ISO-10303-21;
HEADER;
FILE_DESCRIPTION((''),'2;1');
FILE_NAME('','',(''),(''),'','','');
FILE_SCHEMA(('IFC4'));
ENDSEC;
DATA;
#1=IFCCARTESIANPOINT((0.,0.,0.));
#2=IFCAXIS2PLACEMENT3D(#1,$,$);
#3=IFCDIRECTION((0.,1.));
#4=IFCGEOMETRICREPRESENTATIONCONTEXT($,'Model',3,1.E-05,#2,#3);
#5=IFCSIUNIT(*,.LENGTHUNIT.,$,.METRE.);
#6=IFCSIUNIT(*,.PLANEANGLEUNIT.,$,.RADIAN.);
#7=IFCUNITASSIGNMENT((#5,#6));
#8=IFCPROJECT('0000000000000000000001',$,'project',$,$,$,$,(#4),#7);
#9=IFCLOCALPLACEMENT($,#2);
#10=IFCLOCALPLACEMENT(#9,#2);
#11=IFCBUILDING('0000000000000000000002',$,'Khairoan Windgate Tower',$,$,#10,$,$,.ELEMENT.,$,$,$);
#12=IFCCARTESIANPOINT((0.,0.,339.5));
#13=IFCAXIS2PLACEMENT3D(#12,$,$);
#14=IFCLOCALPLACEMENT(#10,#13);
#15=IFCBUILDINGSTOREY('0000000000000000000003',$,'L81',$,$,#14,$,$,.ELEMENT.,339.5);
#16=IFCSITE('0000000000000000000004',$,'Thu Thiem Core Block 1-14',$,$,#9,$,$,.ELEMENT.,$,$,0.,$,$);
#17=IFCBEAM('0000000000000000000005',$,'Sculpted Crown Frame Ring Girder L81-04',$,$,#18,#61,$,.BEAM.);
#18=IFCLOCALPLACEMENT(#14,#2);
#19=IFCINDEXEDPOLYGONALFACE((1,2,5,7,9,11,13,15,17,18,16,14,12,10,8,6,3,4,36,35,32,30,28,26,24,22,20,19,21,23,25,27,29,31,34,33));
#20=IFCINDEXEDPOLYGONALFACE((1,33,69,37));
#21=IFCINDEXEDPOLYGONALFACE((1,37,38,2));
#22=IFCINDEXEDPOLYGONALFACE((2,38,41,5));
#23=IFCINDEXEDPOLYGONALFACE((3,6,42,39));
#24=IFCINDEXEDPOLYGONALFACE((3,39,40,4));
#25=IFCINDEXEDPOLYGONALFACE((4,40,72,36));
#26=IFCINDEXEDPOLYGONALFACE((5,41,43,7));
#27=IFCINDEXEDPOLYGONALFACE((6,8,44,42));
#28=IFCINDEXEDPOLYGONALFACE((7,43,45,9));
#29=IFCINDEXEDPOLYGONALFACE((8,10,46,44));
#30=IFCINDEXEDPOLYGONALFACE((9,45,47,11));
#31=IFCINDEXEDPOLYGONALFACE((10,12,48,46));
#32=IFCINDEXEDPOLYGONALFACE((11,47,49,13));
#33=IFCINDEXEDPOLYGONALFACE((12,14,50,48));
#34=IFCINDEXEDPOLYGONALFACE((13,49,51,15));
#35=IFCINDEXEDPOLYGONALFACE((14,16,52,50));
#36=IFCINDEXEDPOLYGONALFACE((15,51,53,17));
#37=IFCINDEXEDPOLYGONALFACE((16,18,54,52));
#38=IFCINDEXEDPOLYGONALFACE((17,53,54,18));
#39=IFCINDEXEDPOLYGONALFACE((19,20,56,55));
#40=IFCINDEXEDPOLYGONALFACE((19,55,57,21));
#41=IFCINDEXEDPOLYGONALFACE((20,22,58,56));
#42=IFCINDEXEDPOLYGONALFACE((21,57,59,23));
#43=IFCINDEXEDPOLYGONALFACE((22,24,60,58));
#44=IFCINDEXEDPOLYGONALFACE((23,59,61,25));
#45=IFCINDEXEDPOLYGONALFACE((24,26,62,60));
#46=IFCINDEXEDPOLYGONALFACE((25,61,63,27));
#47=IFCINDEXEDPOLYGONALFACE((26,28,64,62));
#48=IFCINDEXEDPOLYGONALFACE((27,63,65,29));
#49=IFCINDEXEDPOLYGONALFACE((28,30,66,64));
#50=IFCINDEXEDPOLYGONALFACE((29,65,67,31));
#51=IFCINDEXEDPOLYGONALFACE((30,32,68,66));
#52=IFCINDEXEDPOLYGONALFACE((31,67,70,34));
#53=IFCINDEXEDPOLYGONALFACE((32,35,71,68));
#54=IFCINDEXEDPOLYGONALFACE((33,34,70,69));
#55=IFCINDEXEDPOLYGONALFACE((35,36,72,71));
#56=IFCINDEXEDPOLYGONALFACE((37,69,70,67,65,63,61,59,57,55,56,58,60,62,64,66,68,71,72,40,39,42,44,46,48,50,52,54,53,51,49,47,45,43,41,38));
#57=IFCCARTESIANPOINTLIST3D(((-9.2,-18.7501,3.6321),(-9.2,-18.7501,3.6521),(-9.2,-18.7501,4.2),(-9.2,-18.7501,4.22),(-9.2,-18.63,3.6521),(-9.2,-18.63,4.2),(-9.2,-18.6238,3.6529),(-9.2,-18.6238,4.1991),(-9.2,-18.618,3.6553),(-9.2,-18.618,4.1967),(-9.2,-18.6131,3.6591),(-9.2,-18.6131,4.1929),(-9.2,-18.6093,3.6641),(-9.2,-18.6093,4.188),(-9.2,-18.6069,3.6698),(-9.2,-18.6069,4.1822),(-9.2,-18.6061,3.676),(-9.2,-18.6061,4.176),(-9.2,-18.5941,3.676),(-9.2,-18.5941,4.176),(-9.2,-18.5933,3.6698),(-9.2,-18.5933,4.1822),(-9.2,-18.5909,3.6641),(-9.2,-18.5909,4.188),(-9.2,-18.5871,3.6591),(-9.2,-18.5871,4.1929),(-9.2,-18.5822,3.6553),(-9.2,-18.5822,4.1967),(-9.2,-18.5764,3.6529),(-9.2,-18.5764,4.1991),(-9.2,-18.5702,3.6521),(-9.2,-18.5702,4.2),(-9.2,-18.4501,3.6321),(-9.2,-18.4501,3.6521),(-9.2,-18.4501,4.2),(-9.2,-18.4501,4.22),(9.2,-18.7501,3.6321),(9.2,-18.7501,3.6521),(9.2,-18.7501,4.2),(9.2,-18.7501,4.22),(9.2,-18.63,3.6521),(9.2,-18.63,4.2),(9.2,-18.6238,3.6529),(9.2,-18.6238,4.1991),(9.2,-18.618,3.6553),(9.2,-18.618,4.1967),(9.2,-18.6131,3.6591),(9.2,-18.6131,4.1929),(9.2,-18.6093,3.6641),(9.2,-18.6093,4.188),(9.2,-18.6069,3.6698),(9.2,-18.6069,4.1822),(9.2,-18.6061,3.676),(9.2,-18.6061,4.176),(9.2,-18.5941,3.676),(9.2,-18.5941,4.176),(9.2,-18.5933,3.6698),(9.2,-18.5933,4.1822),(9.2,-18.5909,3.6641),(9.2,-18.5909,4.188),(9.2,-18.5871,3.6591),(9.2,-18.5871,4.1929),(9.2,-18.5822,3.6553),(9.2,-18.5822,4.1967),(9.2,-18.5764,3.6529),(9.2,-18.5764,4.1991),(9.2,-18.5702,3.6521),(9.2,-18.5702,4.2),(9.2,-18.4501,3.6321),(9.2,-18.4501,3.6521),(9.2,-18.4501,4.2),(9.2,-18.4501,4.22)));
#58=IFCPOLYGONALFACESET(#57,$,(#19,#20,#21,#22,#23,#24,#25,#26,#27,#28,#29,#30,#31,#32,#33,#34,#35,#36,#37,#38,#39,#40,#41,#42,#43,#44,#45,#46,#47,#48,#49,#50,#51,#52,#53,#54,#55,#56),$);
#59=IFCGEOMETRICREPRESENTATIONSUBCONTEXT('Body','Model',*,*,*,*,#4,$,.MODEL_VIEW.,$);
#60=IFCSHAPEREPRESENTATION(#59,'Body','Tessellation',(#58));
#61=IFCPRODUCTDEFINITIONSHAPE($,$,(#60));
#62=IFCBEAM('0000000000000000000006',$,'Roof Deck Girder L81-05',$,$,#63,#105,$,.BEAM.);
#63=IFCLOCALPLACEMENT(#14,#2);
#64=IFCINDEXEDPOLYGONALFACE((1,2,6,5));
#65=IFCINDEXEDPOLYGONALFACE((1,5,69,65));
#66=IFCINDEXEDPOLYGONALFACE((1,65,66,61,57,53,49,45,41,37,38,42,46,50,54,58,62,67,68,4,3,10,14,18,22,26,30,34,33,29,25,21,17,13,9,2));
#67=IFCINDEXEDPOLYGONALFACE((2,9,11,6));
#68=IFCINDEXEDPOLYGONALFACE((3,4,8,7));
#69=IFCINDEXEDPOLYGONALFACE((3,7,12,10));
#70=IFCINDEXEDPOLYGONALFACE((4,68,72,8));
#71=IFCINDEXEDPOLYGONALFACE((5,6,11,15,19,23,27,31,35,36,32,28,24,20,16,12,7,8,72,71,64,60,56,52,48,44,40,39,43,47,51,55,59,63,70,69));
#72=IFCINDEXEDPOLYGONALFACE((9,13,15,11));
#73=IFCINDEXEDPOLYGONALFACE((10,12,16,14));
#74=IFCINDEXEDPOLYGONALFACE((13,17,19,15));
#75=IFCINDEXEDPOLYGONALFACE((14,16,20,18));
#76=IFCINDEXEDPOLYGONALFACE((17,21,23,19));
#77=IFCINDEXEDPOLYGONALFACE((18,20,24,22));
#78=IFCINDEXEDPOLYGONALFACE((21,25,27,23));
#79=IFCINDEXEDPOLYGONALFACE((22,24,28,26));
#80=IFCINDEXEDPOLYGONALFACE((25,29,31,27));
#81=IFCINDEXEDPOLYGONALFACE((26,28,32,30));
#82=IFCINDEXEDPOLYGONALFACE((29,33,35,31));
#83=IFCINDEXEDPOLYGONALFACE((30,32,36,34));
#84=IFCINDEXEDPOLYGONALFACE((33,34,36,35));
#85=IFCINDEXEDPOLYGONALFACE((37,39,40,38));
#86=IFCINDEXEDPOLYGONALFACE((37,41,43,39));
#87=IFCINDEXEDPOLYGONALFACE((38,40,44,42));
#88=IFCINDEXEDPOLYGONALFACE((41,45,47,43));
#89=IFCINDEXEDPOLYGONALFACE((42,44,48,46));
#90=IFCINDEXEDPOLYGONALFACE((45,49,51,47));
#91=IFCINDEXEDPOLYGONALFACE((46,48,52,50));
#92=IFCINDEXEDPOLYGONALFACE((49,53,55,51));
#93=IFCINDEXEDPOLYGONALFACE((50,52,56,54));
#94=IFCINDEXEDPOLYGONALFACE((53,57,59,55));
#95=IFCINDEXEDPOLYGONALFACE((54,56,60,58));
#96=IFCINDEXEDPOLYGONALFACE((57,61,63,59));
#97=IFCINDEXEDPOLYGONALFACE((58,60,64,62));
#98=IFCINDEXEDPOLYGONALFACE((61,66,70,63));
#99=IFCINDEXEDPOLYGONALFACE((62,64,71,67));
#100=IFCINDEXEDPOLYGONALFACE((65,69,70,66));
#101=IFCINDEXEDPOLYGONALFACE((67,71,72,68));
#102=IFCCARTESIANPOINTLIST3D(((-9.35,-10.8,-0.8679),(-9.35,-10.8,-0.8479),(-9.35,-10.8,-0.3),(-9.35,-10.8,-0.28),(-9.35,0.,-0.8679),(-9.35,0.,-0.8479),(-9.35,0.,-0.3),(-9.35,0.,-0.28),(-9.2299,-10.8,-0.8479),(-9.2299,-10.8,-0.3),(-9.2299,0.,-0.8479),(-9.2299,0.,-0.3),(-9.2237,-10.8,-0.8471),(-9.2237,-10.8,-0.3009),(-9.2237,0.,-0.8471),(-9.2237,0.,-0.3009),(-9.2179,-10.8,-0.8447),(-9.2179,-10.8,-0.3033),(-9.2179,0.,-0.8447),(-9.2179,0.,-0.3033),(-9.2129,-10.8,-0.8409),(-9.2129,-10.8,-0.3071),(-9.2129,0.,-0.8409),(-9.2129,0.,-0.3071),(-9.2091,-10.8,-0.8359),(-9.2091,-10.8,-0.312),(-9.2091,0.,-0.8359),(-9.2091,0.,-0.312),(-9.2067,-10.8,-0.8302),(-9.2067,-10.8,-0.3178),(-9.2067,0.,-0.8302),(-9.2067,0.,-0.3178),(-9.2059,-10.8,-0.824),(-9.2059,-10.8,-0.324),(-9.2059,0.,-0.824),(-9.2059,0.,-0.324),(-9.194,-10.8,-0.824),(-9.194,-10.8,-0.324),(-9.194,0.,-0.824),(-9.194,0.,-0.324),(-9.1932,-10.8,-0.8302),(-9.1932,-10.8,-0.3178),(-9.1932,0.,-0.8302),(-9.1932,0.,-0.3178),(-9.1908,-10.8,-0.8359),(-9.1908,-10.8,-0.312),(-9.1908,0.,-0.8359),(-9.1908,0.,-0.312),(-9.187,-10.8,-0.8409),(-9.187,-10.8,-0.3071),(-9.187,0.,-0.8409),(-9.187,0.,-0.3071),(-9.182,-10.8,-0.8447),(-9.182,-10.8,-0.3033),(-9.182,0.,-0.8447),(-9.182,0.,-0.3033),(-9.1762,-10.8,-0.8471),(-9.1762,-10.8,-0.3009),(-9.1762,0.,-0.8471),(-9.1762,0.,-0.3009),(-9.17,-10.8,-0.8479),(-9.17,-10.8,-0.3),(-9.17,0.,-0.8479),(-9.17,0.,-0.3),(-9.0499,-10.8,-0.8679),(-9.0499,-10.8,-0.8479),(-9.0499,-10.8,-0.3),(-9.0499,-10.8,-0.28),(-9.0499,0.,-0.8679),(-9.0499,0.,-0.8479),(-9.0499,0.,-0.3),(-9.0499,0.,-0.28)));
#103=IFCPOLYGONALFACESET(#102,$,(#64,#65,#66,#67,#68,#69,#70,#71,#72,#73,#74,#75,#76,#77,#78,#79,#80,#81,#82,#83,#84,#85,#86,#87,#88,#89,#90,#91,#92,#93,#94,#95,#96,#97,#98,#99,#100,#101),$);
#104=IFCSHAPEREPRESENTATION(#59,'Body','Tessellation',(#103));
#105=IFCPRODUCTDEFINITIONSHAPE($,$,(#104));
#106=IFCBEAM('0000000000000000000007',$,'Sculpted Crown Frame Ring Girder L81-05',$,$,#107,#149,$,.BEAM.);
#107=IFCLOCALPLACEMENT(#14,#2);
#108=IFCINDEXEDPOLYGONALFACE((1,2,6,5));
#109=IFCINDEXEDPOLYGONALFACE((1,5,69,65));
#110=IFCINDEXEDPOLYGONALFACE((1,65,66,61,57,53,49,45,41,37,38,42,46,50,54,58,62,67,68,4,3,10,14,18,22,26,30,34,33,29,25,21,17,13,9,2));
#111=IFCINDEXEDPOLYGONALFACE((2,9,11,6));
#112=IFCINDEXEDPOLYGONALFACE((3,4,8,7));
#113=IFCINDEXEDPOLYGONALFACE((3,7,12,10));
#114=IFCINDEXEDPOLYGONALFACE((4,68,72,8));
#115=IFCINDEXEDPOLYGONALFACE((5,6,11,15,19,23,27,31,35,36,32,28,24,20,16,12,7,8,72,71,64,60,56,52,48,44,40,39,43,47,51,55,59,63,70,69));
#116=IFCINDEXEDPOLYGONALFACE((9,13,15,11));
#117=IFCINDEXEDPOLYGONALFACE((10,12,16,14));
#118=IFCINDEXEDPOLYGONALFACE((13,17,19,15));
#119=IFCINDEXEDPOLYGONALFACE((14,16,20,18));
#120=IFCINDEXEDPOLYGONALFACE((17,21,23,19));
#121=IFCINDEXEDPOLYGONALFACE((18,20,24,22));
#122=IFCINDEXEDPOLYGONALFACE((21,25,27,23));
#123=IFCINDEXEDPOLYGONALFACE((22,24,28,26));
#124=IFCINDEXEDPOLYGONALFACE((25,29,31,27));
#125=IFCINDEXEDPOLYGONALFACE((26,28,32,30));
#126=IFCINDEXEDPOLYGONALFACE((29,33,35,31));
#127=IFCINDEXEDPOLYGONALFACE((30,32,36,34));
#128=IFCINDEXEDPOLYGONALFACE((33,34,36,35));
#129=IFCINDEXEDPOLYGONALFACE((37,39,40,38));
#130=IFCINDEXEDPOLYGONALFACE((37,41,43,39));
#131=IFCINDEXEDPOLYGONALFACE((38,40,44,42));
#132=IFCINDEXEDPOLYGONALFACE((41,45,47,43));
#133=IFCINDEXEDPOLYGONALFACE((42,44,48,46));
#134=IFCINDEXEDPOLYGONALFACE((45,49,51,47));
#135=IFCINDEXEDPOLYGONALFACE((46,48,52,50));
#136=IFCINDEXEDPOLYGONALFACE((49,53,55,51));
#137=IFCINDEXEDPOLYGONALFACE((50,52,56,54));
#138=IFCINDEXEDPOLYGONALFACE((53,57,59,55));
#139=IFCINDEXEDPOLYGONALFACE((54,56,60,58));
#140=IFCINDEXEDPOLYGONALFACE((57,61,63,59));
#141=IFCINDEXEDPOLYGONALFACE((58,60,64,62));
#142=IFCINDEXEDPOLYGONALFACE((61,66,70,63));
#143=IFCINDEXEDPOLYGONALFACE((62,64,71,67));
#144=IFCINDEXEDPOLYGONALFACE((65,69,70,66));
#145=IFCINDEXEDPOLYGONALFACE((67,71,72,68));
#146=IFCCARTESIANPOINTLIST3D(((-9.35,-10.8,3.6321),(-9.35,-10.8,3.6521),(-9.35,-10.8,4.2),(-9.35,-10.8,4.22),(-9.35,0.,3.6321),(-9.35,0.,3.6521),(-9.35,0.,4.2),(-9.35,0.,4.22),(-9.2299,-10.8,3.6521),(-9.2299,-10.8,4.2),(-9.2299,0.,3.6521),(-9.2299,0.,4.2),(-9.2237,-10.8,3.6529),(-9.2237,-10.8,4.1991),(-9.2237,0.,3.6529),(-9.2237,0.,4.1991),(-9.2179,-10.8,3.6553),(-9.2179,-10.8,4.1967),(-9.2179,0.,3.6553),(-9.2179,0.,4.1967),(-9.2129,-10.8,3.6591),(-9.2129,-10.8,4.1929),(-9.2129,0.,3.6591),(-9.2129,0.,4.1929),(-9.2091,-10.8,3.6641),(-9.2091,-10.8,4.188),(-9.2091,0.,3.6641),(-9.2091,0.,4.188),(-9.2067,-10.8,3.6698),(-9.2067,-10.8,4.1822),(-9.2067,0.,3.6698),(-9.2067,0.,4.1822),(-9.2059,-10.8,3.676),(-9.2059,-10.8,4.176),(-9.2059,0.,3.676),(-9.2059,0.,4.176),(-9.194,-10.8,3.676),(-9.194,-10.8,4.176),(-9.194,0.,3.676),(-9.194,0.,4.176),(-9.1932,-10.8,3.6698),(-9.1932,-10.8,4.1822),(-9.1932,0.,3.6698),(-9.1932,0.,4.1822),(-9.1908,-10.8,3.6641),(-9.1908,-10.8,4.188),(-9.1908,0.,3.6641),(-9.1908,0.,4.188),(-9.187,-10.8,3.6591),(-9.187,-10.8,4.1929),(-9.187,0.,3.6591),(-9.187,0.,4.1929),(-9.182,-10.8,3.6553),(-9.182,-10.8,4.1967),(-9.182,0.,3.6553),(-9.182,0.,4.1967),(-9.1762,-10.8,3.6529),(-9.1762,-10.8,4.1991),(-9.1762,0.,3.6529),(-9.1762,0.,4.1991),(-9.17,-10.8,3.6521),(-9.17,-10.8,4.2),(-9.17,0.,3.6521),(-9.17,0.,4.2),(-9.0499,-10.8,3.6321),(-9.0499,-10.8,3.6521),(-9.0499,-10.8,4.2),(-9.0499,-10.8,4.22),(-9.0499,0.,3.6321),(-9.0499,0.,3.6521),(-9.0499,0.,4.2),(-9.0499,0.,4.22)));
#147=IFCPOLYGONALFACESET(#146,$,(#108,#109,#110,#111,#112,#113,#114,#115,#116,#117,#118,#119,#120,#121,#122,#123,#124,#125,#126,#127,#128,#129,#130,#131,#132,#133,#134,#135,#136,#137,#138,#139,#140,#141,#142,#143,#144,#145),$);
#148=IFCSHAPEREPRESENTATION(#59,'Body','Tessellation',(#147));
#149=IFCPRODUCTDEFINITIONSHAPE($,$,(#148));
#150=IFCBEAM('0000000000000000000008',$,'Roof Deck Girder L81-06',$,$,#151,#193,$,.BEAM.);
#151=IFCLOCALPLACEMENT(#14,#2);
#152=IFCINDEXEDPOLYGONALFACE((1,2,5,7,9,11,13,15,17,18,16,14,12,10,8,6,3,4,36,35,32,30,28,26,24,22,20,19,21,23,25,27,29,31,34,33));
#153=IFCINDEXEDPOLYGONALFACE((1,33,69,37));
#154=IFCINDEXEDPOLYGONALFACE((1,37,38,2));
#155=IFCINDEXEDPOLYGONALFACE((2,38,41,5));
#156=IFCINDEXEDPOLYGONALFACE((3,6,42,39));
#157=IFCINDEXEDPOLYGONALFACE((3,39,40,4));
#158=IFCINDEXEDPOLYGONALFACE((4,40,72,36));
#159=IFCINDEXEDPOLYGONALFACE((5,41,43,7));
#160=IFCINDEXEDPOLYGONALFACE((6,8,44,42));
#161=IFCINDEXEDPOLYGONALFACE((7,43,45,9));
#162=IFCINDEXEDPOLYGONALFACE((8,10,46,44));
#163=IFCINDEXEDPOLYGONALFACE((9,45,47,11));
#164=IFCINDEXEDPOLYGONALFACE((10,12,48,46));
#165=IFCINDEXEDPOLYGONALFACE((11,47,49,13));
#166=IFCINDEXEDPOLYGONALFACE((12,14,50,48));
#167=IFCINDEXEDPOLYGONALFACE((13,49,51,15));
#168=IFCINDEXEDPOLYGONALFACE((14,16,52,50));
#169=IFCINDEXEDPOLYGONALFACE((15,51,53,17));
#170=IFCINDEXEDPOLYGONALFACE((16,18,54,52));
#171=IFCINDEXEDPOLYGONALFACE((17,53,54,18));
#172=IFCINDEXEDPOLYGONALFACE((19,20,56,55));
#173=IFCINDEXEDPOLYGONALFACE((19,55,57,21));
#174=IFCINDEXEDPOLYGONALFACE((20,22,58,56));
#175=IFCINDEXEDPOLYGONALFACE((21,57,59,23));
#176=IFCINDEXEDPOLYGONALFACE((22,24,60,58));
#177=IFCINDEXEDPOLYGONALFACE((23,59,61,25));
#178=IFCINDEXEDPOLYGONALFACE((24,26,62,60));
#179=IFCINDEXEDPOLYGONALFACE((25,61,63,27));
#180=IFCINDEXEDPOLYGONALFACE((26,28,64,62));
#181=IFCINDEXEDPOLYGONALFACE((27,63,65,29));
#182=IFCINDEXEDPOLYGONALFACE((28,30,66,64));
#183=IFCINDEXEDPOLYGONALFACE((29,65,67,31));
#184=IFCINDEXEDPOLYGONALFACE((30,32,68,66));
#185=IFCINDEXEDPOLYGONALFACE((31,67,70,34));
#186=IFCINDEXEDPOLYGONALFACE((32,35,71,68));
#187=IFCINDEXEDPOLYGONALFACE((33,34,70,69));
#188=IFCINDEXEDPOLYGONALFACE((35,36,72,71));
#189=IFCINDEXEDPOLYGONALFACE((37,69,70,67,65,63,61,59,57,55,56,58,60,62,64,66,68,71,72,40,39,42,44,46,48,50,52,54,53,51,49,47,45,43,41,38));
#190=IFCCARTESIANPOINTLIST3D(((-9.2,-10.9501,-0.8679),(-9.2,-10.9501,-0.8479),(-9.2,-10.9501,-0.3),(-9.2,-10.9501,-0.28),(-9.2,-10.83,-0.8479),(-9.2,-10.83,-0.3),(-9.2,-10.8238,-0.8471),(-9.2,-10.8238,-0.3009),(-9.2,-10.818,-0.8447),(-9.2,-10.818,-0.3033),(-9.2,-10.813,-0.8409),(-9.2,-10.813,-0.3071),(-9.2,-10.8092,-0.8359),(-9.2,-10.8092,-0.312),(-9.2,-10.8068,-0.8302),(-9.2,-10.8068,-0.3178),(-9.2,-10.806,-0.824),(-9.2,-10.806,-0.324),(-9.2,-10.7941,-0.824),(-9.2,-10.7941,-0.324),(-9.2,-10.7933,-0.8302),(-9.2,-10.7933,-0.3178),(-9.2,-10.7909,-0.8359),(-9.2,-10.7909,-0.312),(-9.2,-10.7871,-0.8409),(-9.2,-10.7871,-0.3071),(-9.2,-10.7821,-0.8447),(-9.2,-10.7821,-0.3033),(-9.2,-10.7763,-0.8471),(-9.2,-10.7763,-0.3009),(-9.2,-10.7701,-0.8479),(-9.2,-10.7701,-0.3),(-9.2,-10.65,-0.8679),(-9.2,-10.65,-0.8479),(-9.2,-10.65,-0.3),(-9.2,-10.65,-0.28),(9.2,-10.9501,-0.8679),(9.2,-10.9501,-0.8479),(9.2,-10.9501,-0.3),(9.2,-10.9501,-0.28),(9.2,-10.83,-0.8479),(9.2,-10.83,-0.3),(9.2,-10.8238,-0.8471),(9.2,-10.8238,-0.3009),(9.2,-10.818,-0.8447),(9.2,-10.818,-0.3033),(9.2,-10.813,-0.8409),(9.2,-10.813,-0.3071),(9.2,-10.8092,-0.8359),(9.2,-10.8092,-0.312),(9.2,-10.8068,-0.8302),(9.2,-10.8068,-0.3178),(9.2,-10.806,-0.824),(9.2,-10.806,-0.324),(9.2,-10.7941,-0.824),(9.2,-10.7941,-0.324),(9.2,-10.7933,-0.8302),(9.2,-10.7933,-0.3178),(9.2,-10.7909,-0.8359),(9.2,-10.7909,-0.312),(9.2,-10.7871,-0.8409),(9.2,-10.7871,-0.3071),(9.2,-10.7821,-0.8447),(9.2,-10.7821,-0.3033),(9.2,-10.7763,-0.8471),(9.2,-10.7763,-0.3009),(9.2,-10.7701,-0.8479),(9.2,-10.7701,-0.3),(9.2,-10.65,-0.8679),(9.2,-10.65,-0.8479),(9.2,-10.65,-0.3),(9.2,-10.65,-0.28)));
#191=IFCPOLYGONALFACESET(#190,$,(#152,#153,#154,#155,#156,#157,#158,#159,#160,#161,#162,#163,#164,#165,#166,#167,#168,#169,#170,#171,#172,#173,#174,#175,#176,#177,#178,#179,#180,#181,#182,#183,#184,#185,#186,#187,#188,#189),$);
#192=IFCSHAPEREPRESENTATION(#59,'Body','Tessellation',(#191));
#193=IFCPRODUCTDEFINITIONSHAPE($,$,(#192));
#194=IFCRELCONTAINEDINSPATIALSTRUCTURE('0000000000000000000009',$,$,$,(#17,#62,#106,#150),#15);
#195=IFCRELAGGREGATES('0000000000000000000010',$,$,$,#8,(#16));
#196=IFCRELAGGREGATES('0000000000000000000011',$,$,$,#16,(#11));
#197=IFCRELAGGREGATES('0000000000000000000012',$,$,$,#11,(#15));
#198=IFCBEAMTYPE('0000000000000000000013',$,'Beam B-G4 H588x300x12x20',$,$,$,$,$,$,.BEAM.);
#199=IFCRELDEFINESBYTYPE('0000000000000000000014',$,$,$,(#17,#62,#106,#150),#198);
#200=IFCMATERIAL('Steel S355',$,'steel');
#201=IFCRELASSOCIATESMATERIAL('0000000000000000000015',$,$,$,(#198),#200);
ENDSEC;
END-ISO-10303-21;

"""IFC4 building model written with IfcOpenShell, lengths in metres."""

from ifc_helpers import new_model, si_unit, direction, frame, origin, origin_2d, place, context, subcontext, project, spatial, i_section, extrude, material, material_profile, profile_set, type_object, element, save


model = new_model("IFC4")

# Units and contexts
model_context = context("Model", 3, precision=1e-05, world=origin(), true_north=direction((0.0, 1.0)))
body_context = subcontext(model_context, "Body", "Model", "MODEL_VIEW")
ifc_project = project(units=[si_unit("LENGTHUNIT", "METRE"), si_unit("PLANEANGLEUNIT", "RADIAN")], contexts=[model_context])

# Site, building, storey
site_placement = place(None, origin())
site = spatial("IfcSite", under=ifc_project, at=site_placement, Name="Thu Thiem Core Block 1-14", CompositionType="ELEMENT", RefElevation=0.0)
building_placement = place(site_placement, origin())
building = spatial("IfcBuilding", under=site, at=building_placement, Name="Khairoan Windgate Tower", CompositionType="ELEMENT")
storey_placement = place(building_placement, frame((0.0, 0.0, 339.5)))
storey = spatial("IfcBuildingStorey", under=building, at=storey_placement, Name="L81", CompositionType="ELEMENT", Elevation=339.5)

# Beams
ifc_material_1 = material(Name="Steel S355", Category="steel")
ifc_material_profile_1 = material_profile(ifc_material_1, i_section(OverallWidth=0.3, OverallDepth=0.5879, WebThickness=0.012, FlangeThickness=0.02, FilletRadius=0.0239, at=origin_2d()))
ifc_profile_set_1 = profile_set([ifc_material_profile_1], Name="Steel S355")
beam_type_1 = type_object("IfcBeamType", Name="Beam B-G4 H588x300x12x20", PredefinedType="BEAM", material=ifc_profile_set_1)
for number, where, z_axis, x_axis, name in (
    (1, (-9.2, -18.6001, 3.926), (1.0, 0.0, 0.0), (0.0, 1.0, 0.0), "Sculpted Crown Frame Ring Girder L81-04"),
):
    element("IfcBeam", number, at=place(storey_placement, frame(where, z_axis=z_axis, x_axis=x_axis)), inside=storey, type_object=beam_type_1, Name=name, PredefinedType="BEAM", context=body_context, shape_type="SweptSolid", body=[
        extrude(i_section(OverallWidth=0.3, OverallDepth=0.5879, WebThickness=0.012, FlangeThickness=0.02, FilletRadius=0.0239, at=origin_2d()), origin(), (0.0, 0.0, 1.0), 18.3999),
    ])
for number, where, z_axis, x_axis, name in (
    (2, (-9.2, -10.8, -0.574), (0.0, 1.0, 0.0), (-1.0, 0.0, 0.0), "Roof Deck Girder L81-05"),
    (3, (-9.2, -10.8, 3.926), (0.0, 1.0, 0.0), (-1.0, 0.0, 0.0), "Sculpted Crown Frame Ring Girder L81-05"),
):
    element("IfcBeam", number, at=place(storey_placement, frame(where, z_axis=z_axis, x_axis=x_axis)), inside=storey, type_object=beam_type_1, Name=name, PredefinedType="BEAM", context=body_context, shape_type="SweptSolid", body=[
        extrude(i_section(OverallWidth=0.3, OverallDepth=0.5879, WebThickness=0.012, FlangeThickness=0.02, FilletRadius=0.0239, at=origin_2d()), origin(), (0.0, 0.0, 1.0), 10.8),
    ])
for number, where, z_axis, x_axis, name in (
    (4, (-9.2, -10.8, -0.574), (1.0, 0.0, 0.0), (0.0, 1.0, 0.0), "Roof Deck Girder L81-06"),
):
    element("IfcBeam", number, at=place(storey_placement, frame(where, z_axis=z_axis, x_axis=x_axis)), inside=storey, type_object=beam_type_1, Name=name, PredefinedType="BEAM", context=body_context, shape_type="SweptSolid", body=[
        extrude(i_section(OverallWidth=0.3, OverallDepth=0.5879, WebThickness=0.012, FlangeThickness=0.02, FilletRadius=0.0239, at=origin_2d()), origin(), (0.0, 0.0, 1.0), 18.3999),
    ])

save(model, "model.ifc")
